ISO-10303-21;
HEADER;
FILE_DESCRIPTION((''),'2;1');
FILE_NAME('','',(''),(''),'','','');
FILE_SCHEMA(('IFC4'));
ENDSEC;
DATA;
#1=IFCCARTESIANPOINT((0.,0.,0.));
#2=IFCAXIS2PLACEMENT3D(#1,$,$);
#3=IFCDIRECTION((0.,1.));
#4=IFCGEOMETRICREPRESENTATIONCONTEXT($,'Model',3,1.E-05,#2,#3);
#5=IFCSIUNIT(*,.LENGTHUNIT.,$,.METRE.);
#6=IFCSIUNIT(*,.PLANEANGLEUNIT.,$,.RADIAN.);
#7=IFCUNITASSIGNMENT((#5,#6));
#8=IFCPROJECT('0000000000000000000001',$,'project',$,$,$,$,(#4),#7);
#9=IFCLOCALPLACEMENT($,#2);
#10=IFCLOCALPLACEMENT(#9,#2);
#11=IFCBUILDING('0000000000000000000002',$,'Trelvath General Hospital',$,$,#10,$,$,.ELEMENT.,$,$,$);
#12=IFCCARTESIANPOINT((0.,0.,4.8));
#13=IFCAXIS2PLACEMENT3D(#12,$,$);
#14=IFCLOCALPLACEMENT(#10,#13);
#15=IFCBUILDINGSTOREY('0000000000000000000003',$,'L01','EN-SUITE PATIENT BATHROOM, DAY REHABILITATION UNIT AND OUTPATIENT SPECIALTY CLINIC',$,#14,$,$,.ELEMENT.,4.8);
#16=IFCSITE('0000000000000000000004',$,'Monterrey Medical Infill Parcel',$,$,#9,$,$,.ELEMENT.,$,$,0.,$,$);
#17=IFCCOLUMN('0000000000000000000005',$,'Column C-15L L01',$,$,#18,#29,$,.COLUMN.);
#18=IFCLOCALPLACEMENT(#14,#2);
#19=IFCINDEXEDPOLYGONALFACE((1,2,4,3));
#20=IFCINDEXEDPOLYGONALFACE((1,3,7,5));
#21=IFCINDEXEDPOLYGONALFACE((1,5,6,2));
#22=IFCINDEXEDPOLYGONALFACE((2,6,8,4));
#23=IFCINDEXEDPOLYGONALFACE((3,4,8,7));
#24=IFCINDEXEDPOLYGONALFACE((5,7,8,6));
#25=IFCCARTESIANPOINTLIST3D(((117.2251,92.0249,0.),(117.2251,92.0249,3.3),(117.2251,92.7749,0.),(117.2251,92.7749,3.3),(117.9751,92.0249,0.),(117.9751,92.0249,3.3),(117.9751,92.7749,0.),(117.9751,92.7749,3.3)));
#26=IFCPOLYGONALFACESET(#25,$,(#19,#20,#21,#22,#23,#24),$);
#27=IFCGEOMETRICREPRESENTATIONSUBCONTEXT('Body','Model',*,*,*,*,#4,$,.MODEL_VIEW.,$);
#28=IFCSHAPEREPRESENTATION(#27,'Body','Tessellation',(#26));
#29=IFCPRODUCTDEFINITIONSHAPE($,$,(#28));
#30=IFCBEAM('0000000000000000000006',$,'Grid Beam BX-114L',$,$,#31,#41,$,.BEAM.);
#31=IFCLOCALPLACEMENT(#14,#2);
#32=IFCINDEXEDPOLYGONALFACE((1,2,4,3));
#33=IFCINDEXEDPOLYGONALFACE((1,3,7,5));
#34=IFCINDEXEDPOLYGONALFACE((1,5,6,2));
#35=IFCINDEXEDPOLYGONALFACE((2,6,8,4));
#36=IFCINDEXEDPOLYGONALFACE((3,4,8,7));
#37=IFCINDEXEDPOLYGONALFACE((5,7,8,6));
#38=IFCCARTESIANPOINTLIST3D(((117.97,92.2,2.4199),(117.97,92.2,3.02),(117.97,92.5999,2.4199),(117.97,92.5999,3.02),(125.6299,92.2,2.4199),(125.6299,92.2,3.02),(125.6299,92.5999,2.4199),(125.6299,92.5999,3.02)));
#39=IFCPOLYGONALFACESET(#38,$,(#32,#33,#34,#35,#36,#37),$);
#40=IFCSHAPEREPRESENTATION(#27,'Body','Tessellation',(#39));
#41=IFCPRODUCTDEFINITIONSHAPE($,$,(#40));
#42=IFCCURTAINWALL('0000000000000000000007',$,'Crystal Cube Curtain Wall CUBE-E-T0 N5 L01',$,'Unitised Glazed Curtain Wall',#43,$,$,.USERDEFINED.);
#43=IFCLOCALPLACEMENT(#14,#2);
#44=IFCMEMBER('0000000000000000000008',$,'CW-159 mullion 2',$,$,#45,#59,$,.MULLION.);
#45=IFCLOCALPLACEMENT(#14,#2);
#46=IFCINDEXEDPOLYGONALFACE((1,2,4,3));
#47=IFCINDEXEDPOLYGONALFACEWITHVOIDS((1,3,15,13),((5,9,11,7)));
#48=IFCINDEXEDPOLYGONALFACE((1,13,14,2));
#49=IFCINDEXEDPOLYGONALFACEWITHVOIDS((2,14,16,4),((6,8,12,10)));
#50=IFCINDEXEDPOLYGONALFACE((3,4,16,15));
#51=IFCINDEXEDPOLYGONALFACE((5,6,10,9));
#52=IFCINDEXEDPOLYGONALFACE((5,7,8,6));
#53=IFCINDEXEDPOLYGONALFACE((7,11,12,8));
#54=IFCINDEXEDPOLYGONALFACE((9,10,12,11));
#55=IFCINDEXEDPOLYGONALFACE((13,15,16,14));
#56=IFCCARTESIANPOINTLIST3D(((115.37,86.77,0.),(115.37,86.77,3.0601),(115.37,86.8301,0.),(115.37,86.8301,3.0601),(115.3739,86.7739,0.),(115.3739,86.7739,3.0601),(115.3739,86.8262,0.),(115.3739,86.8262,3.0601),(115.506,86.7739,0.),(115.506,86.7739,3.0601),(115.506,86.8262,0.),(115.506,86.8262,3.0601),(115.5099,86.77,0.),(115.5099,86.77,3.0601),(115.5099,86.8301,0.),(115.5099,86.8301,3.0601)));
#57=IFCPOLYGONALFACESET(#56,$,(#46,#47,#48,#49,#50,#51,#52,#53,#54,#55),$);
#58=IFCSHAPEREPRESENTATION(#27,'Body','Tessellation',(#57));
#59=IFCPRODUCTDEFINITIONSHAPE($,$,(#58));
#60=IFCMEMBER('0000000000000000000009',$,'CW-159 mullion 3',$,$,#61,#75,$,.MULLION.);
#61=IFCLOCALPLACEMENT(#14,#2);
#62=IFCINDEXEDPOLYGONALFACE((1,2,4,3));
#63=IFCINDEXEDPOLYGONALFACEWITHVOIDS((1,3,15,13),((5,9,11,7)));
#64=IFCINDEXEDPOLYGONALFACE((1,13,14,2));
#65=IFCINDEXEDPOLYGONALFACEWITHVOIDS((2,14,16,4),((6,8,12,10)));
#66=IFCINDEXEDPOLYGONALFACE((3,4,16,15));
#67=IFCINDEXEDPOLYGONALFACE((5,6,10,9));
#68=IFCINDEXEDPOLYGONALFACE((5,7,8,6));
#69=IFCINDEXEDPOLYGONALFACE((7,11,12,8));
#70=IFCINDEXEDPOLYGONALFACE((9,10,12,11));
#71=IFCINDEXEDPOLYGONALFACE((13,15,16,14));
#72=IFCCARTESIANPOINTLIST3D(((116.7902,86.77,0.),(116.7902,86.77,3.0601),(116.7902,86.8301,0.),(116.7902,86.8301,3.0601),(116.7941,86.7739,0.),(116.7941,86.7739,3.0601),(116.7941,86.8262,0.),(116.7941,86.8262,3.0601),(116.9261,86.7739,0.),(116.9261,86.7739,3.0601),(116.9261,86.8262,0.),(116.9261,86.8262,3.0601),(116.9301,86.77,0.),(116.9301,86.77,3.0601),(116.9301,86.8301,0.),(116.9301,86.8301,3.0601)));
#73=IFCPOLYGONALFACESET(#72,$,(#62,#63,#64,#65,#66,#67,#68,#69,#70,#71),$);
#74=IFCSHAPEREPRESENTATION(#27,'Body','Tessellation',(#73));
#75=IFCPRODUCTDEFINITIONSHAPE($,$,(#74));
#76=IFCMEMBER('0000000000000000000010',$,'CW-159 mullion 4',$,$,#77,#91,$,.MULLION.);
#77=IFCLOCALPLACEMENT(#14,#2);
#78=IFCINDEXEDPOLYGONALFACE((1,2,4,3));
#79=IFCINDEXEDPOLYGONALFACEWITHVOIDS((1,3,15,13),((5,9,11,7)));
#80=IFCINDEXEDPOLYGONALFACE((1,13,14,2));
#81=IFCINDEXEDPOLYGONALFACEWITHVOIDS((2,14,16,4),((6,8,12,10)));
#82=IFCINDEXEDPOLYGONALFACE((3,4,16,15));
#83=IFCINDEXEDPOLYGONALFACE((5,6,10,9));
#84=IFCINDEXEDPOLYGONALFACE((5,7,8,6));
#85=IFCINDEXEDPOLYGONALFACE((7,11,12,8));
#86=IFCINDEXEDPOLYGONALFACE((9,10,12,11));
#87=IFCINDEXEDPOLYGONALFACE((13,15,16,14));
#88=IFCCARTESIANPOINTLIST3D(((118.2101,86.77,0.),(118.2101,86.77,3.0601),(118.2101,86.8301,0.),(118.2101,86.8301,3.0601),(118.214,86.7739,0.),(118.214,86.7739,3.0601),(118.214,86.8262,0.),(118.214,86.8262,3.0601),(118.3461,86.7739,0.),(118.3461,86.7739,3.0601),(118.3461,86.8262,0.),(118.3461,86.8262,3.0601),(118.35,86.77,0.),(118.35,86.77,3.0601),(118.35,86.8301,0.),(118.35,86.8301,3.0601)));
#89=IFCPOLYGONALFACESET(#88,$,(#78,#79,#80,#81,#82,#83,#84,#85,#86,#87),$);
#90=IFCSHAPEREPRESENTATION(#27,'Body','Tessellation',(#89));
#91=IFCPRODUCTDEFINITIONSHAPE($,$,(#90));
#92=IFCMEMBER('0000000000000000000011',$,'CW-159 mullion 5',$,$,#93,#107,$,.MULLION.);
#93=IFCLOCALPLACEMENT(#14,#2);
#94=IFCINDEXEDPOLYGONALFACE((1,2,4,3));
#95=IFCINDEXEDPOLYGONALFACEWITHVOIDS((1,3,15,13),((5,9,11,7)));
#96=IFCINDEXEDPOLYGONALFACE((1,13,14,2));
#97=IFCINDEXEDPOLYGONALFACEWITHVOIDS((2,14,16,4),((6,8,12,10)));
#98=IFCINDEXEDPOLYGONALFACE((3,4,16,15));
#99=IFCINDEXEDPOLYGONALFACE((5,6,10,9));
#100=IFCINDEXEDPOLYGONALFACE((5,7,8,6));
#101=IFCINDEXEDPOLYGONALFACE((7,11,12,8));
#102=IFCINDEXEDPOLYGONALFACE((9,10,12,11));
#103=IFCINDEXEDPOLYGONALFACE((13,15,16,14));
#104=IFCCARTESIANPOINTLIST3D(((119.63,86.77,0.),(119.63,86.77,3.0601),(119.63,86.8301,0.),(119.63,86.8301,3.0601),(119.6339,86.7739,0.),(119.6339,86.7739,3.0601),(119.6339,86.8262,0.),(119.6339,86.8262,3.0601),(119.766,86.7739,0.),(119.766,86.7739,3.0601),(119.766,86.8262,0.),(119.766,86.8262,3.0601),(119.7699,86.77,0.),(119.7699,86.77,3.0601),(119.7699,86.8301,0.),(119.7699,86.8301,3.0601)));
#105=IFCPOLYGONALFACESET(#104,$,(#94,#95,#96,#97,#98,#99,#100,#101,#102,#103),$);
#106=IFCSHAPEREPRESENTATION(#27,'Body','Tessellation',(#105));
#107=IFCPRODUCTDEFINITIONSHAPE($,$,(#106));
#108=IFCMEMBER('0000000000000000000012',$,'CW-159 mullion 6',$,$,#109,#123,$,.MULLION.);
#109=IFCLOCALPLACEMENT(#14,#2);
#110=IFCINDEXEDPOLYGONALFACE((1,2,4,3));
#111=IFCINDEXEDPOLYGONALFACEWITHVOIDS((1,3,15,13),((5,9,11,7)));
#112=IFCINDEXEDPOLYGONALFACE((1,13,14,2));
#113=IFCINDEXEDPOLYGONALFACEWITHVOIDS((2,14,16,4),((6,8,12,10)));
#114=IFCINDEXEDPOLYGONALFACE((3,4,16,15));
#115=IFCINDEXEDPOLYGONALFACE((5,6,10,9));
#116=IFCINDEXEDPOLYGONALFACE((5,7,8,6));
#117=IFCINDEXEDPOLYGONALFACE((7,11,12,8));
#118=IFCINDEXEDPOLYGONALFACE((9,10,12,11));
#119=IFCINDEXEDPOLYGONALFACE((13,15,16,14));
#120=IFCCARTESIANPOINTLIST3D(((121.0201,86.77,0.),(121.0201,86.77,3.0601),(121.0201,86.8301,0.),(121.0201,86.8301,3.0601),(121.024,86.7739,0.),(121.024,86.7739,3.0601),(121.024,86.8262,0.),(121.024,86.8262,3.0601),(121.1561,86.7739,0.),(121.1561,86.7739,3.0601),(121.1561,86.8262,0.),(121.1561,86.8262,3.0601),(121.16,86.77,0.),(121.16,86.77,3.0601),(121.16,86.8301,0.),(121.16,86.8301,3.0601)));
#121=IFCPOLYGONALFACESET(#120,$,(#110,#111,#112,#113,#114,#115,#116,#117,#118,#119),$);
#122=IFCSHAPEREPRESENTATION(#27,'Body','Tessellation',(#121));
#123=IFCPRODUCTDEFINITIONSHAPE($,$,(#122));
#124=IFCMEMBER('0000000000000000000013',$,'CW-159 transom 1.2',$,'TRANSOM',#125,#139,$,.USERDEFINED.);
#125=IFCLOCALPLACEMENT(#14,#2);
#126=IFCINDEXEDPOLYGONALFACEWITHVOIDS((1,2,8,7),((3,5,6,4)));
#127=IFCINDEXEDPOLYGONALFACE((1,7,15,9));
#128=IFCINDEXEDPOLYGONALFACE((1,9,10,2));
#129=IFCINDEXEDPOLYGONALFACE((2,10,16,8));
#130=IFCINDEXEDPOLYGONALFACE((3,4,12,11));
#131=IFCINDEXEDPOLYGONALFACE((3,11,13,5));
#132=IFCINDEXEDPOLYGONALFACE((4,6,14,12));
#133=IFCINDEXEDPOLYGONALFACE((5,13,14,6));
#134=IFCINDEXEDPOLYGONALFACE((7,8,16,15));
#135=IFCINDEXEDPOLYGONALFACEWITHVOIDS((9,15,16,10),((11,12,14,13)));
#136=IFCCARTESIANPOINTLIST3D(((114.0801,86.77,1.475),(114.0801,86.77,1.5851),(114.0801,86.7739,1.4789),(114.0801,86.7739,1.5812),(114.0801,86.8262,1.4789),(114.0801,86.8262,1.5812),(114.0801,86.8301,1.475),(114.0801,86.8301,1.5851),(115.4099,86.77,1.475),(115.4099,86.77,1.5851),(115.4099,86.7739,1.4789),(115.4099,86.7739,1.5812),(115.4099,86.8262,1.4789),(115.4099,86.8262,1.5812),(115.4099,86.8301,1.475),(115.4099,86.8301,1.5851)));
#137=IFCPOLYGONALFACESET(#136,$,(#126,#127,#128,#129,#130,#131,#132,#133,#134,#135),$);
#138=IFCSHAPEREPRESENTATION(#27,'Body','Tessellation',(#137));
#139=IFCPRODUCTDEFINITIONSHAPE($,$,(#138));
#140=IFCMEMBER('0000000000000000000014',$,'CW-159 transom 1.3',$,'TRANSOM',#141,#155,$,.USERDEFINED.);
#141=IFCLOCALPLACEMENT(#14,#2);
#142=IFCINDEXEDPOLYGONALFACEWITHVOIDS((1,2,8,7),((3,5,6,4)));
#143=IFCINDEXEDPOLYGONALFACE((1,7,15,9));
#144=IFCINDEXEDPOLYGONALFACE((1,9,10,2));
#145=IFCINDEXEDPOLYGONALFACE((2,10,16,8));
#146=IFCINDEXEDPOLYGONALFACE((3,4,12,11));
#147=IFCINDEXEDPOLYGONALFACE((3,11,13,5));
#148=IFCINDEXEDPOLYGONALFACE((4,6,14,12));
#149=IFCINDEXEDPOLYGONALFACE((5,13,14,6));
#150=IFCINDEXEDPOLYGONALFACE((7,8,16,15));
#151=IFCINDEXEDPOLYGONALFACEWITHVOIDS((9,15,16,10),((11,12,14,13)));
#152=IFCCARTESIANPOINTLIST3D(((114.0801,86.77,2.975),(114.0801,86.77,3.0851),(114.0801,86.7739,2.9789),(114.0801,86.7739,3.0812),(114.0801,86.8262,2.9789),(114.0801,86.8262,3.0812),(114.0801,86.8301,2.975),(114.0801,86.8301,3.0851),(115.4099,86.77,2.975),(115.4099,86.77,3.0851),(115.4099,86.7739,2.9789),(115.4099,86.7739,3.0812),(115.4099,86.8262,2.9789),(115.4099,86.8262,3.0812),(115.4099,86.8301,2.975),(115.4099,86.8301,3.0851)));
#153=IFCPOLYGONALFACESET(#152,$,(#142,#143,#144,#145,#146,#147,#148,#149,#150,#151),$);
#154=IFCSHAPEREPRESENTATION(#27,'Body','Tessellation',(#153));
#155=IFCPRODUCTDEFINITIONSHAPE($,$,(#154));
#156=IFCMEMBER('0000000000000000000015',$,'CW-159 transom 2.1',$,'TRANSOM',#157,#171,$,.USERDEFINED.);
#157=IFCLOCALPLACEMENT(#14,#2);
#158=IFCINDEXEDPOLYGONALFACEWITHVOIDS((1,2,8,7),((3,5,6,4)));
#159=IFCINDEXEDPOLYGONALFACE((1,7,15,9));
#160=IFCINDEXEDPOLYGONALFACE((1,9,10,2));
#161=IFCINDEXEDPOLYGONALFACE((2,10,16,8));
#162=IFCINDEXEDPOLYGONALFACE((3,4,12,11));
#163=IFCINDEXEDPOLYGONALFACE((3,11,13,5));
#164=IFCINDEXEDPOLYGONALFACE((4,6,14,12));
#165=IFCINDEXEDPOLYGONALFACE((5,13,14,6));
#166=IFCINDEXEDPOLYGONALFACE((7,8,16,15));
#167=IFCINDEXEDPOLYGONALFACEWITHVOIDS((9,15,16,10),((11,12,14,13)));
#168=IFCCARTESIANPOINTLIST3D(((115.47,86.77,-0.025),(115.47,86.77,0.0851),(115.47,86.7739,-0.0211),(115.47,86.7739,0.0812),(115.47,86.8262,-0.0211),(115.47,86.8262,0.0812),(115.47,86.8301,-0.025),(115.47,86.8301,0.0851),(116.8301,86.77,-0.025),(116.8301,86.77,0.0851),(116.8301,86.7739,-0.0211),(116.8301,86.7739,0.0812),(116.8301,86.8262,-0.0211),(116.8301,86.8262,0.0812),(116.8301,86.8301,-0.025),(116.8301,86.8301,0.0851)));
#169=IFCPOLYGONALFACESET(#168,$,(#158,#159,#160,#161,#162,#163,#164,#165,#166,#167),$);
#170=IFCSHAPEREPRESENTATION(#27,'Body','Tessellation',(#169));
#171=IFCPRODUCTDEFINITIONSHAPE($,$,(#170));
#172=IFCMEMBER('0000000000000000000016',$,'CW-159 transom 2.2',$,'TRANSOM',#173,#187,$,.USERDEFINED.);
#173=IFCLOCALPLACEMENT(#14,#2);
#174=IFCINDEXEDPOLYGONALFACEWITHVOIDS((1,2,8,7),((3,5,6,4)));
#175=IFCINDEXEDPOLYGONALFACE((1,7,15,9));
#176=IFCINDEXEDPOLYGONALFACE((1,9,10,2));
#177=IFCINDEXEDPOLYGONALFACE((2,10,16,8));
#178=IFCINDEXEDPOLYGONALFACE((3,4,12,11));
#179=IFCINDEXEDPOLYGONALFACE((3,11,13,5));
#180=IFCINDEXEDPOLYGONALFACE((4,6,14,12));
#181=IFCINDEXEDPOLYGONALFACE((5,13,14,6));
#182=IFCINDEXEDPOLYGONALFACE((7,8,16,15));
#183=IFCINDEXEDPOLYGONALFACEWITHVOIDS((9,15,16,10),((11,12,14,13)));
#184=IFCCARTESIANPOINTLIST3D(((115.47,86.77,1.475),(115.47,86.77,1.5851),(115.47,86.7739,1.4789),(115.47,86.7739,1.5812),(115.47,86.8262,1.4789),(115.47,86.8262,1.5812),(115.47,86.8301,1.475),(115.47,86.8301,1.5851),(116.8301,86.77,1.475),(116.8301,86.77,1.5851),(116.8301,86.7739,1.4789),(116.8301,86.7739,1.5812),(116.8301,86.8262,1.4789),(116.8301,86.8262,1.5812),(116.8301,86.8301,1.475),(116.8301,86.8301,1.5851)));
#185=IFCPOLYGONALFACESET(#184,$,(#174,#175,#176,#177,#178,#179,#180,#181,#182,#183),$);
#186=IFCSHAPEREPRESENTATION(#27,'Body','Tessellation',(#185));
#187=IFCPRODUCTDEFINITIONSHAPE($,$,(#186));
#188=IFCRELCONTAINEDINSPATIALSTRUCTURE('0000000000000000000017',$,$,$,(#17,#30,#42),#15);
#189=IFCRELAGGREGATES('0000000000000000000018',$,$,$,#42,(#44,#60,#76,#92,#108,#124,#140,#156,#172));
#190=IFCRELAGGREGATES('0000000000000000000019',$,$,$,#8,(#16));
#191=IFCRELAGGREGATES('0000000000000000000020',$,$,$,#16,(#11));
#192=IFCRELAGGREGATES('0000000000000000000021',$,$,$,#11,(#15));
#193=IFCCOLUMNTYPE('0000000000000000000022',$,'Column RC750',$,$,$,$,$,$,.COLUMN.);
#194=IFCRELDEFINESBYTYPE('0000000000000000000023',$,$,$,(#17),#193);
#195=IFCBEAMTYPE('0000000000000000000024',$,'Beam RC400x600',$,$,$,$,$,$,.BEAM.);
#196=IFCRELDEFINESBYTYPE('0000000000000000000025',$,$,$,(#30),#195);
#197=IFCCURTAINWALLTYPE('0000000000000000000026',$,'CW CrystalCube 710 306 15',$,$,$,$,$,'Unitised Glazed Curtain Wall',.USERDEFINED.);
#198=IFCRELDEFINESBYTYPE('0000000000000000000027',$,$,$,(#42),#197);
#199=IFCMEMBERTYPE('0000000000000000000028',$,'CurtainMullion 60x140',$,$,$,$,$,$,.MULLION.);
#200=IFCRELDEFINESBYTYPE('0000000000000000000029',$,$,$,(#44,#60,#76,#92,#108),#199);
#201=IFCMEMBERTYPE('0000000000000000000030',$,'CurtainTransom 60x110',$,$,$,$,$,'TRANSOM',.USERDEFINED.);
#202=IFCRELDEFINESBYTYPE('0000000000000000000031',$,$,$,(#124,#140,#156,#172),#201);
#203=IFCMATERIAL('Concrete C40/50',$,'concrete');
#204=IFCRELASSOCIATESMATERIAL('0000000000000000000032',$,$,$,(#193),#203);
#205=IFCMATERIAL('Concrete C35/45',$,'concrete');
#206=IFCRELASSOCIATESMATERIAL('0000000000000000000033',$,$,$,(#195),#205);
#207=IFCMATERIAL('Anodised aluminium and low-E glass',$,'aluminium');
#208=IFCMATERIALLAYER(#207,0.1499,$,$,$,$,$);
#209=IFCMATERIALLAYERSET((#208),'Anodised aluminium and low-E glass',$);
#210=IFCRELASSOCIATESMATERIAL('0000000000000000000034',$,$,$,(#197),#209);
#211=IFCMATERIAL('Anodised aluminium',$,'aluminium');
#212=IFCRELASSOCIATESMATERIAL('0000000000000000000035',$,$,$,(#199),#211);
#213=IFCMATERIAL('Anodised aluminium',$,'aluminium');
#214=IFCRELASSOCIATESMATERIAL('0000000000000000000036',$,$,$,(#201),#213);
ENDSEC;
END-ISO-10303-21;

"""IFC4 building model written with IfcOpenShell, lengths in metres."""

from ifc_helpers import new_model, si_unit, direction, frame, origin, origin_2d, place, context, subcontext, project, spatial, rectangle, hollow_rectangle, extrude, material, layer, layer_set, material_profile, profile_set, type_object, element, aggregate, save


model = new_model("IFC4")

# Units and contexts
model_context = context("Model", 3, precision=1e-05, world=origin(), true_north=direction((0.0, 1.0)))
body_context = subcontext(model_context, "Body", "Model", "MODEL_VIEW")
ifc_project = project(units=[si_unit("LENGTHUNIT", "METRE"), si_unit("PLANEANGLEUNIT", "RADIAN")], contexts=[model_context])

# Site, building, storey
site_placement = place(None, origin())
site = spatial("IfcSite", under=ifc_project, at=site_placement, Name="Monterrey Medical Infill Parcel", CompositionType="ELEMENT", RefElevation=0.0)
building_placement = place(site_placement, origin())
building = spatial("IfcBuilding", under=site, at=building_placement, Name="Trelvath General Hospital", CompositionType="ELEMENT")
storey_placement = place(building_placement, frame((0.0, 0.0, 4.8)))
storey = spatial("IfcBuildingStorey", under=building, at=storey_placement, Name="L01", Description="EN-SUITE PATIENT BATHROOM, DAY REHABILITATION UNIT AND OUTPATIENT SPECIALTY CLINIC", CompositionType="ELEMENT", Elevation=4.8)

# Column
ifc_material_1 = material(Name="Concrete C40/50", Category="concrete")
ifc_material_profile_1 = material_profile(ifc_material_1, rectangle(XDim=0.75, YDim=0.75, at=origin_2d()), Name="RC750x750")
ifc_profile_set_1 = profile_set([ifc_material_profile_1], Name="Concrete C40/50")
column_type = type_object("IfcColumnType", Name="Column RC750", PredefinedType="COLUMN", material=ifc_profile_set_1)
column_placement = place(storey_placement, frame((117.6001, 92.3999, 0.0), z_axis=(0.0, 0.0, 1.0), x_axis=(1.0, 0.0, 0.0)))
element("IfcColumn", 1, at=column_placement, inside=storey, type_object=column_type, Name="Column C-15L L01", PredefinedType="COLUMN", context=body_context, shape_type="SweptSolid", body=[
    extrude(rectangle(XDim=0.75, YDim=0.75, at=origin_2d()), origin(), (0.0, 0.0, 1.0), 3.3),
])

# Beam
ifc_material_2 = material(Name="Concrete C35/45", Category="concrete")
ifc_material_profile_2 = material_profile(ifc_material_2, rectangle(XDim=0.3999, YDim=0.6001, at=origin_2d()), Name="RCB400x600")
ifc_profile_set_2 = profile_set([ifc_material_profile_2], Name="Concrete C35/45")
beam_type_1 = type_object("IfcBeamType", Name="Beam RC400x600", PredefinedType="BEAM", material=ifc_profile_set_2)
beam_1_placement = place(storey_placement, frame((117.97, 92.3999, 2.72), z_axis=(1.0, 0.0, 0.0), x_axis=(0.0, 1.0, 0.0)))
element("IfcBeam", 2, at=beam_1_placement, inside=storey, type_object=beam_type_1, Name="Grid Beam BX-114L", PredefinedType="BEAM", context=body_context, shape_type="SweptSolid", body=[
    extrude(rectangle(XDim=0.3999, YDim=0.6001, at=origin_2d()), origin(), (0.0, 0.0, 1.0), 7.6599),
])

# Curtain wall, members
ifc_material_3 = material(Name="Anodised aluminium and low-E glass", Category="aluminium")
ifc_layer_1 = layer(ifc_material_3, 0.1499)
ifc_layer_set_1 = layer_set([ifc_layer_1], Name="Anodised aluminium and low-E glass")
curtain_wall_type = type_object("IfcCurtainWallType", Name="CW CrystalCube 710 306 15", ElementType="Unitised Glazed Curtain Wall", PredefinedType="USERDEFINED", material=ifc_layer_set_1)
curtain_wall_placement = place(storey_placement, origin())
curtain_wall = element("IfcCurtainWall", 3, at=curtain_wall_placement, inside=storey, type_object=curtain_wall_type, Name="Crystal Cube Curtain Wall CUBE-E-T0 N5 L01", ObjectType="Unitised Glazed Curtain Wall", PredefinedType="USERDEFINED")
ifc_material_4 = material(Name="Anodised aluminium", Category="aluminium")
ifc_material_profile_3 = material_profile(ifc_material_4, hollow_rectangle(XDim=0.0601, YDim=0.1399, WallThickness=0.0039, at=origin_2d()), Name="RHS60x140x4")
ifc_profile_set_3 = profile_set([ifc_material_profile_3], Name="Anodised aluminium")
member_type_1 = type_object("IfcMemberType", Name="CurtainMullion 60x140", PredefinedType="MULLION", material=ifc_profile_set_3)
member_1_placement = place(storey_placement, frame((115.4399, 86.8, 0.0), z_axis=(0.0, 0.0, 1.0), x_axis=(0.0, 1.0, 0.0)))
member_1 = element("IfcMember", 4, at=member_1_placement, type_object=member_type_1, Name="CW-159 mullion 2", PredefinedType="MULLION", context=body_context, shape_type="SweptSolid", body=[
    extrude(hollow_rectangle(XDim=0.0601, YDim=0.1399, WallThickness=0.0039, at=origin_2d()), origin(), (0.0, 0.0, 1.0), 3.0601),
])
member_2_placement = place(storey_placement, frame((116.8601, 86.8, 0.0), z_axis=(0.0, 0.0, 1.0), x_axis=(0.0, 1.0, 0.0)))
member_2 = element("IfcMember", 5, at=member_2_placement, type_object=member_type_1, Name="CW-159 mullion 3", PredefinedType="MULLION", context=body_context, shape_type="SweptSolid", body=[
    extrude(hollow_rectangle(XDim=0.0601, YDim=0.1399, WallThickness=0.0039, at=origin_2d()), origin(), (0.0, 0.0, 1.0), 3.0601),
])
member_3_placement = place(storey_placement, frame((118.28, 86.8, 0.0), z_axis=(0.0, 0.0, 1.0), x_axis=(0.0, 1.0, 0.0)))
member_3 = element("IfcMember", 6, at=member_3_placement, type_object=member_type_1, Name="CW-159 mullion 4", PredefinedType="MULLION", context=body_context, shape_type="SweptSolid", body=[
    extrude(hollow_rectangle(XDim=0.0601, YDim=0.1399, WallThickness=0.0039, at=origin_2d()), origin(), (0.0, 0.0, 1.0), 3.0601),
])
member_4_placement = place(storey_placement, frame((119.7, 86.8, 0.0), z_axis=(0.0, 0.0, 1.0), x_axis=(0.0, 1.0, 0.0)))
member_4 = element("IfcMember", 7, at=member_4_placement, type_object=member_type_1, Name="CW-159 mullion 5", PredefinedType="MULLION", context=body_context, shape_type="SweptSolid", body=[
    extrude(hollow_rectangle(XDim=0.0601, YDim=0.1399, WallThickness=0.0039, at=origin_2d()), origin(), (0.0, 0.0, 1.0), 3.0601),
])
member_5_placement = place(storey_placement, frame((121.0901, 86.8, 0.0), z_axis=(0.0, 0.0, 1.0), x_axis=(0.0, 1.0, 0.0)))
member_5 = element("IfcMember", 8, at=member_5_placement, type_object=member_type_1, Name="CW-159 mullion 6", PredefinedType="MULLION", context=body_context, shape_type="SweptSolid", body=[
    extrude(hollow_rectangle(XDim=0.0601, YDim=0.1399, WallThickness=0.0039, at=origin_2d()), origin(), (0.0, 0.0, 1.0), 3.0601),
])
ifc_material_5 = material(Name="Anodised aluminium", Category="aluminium")
ifc_material_profile_4 = material_profile(ifc_material_5, hollow_rectangle(XDim=0.0601, YDim=0.1101, WallThickness=0.0039, at=origin_2d()), Name="RHS60x110x4")
ifc_profile_set_4 = profile_set([ifc_material_profile_4], Name="Anodised aluminium")
member_type_2 = type_object("IfcMemberType", Name="CurtainTransom 60x110", ElementType="TRANSOM", PredefinedType="USERDEFINED", material=ifc_profile_set_4)
member_6_placement = place(storey_placement, frame((114.0801, 86.8, 1.53), z_axis=(1.0, 0.0, 0.0), x_axis=(0.0, 1.0, 0.0)))
member_6 = element("IfcMember", 9, at=member_6_placement, type_object=member_type_2, Name="CW-159 transom 1.2", ObjectType="TRANSOM", PredefinedType="USERDEFINED", context=body_context, shape_type="SweptSolid", body=[
    extrude(hollow_rectangle(XDim=0.0601, YDim=0.1101, WallThickness=0.0039, at=origin_2d()), origin(), (0.0, 0.0, 1.0), 1.3298),
])
member_7_placement = place(storey_placement, frame((114.0801, 86.8, 3.03), z_axis=(1.0, 0.0, 0.0), x_axis=(0.0, 1.0, 0.0)))
member_7 = element("IfcMember", 10, at=member_7_placement, type_object=member_type_2, Name="CW-159 transom 1.3", ObjectType="TRANSOM", PredefinedType="USERDEFINED", context=body_context, shape_type="SweptSolid", body=[
    extrude(hollow_rectangle(XDim=0.0601, YDim=0.1101, WallThickness=0.0039, at=origin_2d()), origin(), (0.0, 0.0, 1.0), 1.3298),
])
member_8_placement = place(storey_placement, frame((115.47, 86.8, 0.03), z_axis=(1.0, 0.0, 0.0), x_axis=(0.0, 1.0, 0.0)))
member_8 = element("IfcMember", 11, at=member_8_placement, type_object=member_type_2, Name="CW-159 transom 2.1", ObjectType="TRANSOM", PredefinedType="USERDEFINED", context=body_context, shape_type="SweptSolid", body=[
    extrude(hollow_rectangle(XDim=0.0601, YDim=0.1101, WallThickness=0.0039, at=origin_2d()), origin(), (0.0, 0.0, 1.0), 1.3601),
])
member_9_placement = place(storey_placement, frame((115.47, 86.8, 1.53), z_axis=(1.0, 0.0, 0.0), x_axis=(0.0, 1.0, 0.0)))
member_9 = element("IfcMember", 12, at=member_9_placement, type_object=member_type_2, Name="CW-159 transom 2.2", ObjectType="TRANSOM", PredefinedType="USERDEFINED", context=body_context, shape_type="SweptSolid", body=[
    extrude(hollow_rectangle(XDim=0.0601, YDim=0.1101, WallThickness=0.0039, at=origin_2d()), origin(), (0.0, 0.0, 1.0), 1.3601),
])

aggregate(curtain_wall, [member_1, member_2, member_3, member_4, member_5, member_6, member_7, member_8, member_9])

save(model, "model.ifc")
